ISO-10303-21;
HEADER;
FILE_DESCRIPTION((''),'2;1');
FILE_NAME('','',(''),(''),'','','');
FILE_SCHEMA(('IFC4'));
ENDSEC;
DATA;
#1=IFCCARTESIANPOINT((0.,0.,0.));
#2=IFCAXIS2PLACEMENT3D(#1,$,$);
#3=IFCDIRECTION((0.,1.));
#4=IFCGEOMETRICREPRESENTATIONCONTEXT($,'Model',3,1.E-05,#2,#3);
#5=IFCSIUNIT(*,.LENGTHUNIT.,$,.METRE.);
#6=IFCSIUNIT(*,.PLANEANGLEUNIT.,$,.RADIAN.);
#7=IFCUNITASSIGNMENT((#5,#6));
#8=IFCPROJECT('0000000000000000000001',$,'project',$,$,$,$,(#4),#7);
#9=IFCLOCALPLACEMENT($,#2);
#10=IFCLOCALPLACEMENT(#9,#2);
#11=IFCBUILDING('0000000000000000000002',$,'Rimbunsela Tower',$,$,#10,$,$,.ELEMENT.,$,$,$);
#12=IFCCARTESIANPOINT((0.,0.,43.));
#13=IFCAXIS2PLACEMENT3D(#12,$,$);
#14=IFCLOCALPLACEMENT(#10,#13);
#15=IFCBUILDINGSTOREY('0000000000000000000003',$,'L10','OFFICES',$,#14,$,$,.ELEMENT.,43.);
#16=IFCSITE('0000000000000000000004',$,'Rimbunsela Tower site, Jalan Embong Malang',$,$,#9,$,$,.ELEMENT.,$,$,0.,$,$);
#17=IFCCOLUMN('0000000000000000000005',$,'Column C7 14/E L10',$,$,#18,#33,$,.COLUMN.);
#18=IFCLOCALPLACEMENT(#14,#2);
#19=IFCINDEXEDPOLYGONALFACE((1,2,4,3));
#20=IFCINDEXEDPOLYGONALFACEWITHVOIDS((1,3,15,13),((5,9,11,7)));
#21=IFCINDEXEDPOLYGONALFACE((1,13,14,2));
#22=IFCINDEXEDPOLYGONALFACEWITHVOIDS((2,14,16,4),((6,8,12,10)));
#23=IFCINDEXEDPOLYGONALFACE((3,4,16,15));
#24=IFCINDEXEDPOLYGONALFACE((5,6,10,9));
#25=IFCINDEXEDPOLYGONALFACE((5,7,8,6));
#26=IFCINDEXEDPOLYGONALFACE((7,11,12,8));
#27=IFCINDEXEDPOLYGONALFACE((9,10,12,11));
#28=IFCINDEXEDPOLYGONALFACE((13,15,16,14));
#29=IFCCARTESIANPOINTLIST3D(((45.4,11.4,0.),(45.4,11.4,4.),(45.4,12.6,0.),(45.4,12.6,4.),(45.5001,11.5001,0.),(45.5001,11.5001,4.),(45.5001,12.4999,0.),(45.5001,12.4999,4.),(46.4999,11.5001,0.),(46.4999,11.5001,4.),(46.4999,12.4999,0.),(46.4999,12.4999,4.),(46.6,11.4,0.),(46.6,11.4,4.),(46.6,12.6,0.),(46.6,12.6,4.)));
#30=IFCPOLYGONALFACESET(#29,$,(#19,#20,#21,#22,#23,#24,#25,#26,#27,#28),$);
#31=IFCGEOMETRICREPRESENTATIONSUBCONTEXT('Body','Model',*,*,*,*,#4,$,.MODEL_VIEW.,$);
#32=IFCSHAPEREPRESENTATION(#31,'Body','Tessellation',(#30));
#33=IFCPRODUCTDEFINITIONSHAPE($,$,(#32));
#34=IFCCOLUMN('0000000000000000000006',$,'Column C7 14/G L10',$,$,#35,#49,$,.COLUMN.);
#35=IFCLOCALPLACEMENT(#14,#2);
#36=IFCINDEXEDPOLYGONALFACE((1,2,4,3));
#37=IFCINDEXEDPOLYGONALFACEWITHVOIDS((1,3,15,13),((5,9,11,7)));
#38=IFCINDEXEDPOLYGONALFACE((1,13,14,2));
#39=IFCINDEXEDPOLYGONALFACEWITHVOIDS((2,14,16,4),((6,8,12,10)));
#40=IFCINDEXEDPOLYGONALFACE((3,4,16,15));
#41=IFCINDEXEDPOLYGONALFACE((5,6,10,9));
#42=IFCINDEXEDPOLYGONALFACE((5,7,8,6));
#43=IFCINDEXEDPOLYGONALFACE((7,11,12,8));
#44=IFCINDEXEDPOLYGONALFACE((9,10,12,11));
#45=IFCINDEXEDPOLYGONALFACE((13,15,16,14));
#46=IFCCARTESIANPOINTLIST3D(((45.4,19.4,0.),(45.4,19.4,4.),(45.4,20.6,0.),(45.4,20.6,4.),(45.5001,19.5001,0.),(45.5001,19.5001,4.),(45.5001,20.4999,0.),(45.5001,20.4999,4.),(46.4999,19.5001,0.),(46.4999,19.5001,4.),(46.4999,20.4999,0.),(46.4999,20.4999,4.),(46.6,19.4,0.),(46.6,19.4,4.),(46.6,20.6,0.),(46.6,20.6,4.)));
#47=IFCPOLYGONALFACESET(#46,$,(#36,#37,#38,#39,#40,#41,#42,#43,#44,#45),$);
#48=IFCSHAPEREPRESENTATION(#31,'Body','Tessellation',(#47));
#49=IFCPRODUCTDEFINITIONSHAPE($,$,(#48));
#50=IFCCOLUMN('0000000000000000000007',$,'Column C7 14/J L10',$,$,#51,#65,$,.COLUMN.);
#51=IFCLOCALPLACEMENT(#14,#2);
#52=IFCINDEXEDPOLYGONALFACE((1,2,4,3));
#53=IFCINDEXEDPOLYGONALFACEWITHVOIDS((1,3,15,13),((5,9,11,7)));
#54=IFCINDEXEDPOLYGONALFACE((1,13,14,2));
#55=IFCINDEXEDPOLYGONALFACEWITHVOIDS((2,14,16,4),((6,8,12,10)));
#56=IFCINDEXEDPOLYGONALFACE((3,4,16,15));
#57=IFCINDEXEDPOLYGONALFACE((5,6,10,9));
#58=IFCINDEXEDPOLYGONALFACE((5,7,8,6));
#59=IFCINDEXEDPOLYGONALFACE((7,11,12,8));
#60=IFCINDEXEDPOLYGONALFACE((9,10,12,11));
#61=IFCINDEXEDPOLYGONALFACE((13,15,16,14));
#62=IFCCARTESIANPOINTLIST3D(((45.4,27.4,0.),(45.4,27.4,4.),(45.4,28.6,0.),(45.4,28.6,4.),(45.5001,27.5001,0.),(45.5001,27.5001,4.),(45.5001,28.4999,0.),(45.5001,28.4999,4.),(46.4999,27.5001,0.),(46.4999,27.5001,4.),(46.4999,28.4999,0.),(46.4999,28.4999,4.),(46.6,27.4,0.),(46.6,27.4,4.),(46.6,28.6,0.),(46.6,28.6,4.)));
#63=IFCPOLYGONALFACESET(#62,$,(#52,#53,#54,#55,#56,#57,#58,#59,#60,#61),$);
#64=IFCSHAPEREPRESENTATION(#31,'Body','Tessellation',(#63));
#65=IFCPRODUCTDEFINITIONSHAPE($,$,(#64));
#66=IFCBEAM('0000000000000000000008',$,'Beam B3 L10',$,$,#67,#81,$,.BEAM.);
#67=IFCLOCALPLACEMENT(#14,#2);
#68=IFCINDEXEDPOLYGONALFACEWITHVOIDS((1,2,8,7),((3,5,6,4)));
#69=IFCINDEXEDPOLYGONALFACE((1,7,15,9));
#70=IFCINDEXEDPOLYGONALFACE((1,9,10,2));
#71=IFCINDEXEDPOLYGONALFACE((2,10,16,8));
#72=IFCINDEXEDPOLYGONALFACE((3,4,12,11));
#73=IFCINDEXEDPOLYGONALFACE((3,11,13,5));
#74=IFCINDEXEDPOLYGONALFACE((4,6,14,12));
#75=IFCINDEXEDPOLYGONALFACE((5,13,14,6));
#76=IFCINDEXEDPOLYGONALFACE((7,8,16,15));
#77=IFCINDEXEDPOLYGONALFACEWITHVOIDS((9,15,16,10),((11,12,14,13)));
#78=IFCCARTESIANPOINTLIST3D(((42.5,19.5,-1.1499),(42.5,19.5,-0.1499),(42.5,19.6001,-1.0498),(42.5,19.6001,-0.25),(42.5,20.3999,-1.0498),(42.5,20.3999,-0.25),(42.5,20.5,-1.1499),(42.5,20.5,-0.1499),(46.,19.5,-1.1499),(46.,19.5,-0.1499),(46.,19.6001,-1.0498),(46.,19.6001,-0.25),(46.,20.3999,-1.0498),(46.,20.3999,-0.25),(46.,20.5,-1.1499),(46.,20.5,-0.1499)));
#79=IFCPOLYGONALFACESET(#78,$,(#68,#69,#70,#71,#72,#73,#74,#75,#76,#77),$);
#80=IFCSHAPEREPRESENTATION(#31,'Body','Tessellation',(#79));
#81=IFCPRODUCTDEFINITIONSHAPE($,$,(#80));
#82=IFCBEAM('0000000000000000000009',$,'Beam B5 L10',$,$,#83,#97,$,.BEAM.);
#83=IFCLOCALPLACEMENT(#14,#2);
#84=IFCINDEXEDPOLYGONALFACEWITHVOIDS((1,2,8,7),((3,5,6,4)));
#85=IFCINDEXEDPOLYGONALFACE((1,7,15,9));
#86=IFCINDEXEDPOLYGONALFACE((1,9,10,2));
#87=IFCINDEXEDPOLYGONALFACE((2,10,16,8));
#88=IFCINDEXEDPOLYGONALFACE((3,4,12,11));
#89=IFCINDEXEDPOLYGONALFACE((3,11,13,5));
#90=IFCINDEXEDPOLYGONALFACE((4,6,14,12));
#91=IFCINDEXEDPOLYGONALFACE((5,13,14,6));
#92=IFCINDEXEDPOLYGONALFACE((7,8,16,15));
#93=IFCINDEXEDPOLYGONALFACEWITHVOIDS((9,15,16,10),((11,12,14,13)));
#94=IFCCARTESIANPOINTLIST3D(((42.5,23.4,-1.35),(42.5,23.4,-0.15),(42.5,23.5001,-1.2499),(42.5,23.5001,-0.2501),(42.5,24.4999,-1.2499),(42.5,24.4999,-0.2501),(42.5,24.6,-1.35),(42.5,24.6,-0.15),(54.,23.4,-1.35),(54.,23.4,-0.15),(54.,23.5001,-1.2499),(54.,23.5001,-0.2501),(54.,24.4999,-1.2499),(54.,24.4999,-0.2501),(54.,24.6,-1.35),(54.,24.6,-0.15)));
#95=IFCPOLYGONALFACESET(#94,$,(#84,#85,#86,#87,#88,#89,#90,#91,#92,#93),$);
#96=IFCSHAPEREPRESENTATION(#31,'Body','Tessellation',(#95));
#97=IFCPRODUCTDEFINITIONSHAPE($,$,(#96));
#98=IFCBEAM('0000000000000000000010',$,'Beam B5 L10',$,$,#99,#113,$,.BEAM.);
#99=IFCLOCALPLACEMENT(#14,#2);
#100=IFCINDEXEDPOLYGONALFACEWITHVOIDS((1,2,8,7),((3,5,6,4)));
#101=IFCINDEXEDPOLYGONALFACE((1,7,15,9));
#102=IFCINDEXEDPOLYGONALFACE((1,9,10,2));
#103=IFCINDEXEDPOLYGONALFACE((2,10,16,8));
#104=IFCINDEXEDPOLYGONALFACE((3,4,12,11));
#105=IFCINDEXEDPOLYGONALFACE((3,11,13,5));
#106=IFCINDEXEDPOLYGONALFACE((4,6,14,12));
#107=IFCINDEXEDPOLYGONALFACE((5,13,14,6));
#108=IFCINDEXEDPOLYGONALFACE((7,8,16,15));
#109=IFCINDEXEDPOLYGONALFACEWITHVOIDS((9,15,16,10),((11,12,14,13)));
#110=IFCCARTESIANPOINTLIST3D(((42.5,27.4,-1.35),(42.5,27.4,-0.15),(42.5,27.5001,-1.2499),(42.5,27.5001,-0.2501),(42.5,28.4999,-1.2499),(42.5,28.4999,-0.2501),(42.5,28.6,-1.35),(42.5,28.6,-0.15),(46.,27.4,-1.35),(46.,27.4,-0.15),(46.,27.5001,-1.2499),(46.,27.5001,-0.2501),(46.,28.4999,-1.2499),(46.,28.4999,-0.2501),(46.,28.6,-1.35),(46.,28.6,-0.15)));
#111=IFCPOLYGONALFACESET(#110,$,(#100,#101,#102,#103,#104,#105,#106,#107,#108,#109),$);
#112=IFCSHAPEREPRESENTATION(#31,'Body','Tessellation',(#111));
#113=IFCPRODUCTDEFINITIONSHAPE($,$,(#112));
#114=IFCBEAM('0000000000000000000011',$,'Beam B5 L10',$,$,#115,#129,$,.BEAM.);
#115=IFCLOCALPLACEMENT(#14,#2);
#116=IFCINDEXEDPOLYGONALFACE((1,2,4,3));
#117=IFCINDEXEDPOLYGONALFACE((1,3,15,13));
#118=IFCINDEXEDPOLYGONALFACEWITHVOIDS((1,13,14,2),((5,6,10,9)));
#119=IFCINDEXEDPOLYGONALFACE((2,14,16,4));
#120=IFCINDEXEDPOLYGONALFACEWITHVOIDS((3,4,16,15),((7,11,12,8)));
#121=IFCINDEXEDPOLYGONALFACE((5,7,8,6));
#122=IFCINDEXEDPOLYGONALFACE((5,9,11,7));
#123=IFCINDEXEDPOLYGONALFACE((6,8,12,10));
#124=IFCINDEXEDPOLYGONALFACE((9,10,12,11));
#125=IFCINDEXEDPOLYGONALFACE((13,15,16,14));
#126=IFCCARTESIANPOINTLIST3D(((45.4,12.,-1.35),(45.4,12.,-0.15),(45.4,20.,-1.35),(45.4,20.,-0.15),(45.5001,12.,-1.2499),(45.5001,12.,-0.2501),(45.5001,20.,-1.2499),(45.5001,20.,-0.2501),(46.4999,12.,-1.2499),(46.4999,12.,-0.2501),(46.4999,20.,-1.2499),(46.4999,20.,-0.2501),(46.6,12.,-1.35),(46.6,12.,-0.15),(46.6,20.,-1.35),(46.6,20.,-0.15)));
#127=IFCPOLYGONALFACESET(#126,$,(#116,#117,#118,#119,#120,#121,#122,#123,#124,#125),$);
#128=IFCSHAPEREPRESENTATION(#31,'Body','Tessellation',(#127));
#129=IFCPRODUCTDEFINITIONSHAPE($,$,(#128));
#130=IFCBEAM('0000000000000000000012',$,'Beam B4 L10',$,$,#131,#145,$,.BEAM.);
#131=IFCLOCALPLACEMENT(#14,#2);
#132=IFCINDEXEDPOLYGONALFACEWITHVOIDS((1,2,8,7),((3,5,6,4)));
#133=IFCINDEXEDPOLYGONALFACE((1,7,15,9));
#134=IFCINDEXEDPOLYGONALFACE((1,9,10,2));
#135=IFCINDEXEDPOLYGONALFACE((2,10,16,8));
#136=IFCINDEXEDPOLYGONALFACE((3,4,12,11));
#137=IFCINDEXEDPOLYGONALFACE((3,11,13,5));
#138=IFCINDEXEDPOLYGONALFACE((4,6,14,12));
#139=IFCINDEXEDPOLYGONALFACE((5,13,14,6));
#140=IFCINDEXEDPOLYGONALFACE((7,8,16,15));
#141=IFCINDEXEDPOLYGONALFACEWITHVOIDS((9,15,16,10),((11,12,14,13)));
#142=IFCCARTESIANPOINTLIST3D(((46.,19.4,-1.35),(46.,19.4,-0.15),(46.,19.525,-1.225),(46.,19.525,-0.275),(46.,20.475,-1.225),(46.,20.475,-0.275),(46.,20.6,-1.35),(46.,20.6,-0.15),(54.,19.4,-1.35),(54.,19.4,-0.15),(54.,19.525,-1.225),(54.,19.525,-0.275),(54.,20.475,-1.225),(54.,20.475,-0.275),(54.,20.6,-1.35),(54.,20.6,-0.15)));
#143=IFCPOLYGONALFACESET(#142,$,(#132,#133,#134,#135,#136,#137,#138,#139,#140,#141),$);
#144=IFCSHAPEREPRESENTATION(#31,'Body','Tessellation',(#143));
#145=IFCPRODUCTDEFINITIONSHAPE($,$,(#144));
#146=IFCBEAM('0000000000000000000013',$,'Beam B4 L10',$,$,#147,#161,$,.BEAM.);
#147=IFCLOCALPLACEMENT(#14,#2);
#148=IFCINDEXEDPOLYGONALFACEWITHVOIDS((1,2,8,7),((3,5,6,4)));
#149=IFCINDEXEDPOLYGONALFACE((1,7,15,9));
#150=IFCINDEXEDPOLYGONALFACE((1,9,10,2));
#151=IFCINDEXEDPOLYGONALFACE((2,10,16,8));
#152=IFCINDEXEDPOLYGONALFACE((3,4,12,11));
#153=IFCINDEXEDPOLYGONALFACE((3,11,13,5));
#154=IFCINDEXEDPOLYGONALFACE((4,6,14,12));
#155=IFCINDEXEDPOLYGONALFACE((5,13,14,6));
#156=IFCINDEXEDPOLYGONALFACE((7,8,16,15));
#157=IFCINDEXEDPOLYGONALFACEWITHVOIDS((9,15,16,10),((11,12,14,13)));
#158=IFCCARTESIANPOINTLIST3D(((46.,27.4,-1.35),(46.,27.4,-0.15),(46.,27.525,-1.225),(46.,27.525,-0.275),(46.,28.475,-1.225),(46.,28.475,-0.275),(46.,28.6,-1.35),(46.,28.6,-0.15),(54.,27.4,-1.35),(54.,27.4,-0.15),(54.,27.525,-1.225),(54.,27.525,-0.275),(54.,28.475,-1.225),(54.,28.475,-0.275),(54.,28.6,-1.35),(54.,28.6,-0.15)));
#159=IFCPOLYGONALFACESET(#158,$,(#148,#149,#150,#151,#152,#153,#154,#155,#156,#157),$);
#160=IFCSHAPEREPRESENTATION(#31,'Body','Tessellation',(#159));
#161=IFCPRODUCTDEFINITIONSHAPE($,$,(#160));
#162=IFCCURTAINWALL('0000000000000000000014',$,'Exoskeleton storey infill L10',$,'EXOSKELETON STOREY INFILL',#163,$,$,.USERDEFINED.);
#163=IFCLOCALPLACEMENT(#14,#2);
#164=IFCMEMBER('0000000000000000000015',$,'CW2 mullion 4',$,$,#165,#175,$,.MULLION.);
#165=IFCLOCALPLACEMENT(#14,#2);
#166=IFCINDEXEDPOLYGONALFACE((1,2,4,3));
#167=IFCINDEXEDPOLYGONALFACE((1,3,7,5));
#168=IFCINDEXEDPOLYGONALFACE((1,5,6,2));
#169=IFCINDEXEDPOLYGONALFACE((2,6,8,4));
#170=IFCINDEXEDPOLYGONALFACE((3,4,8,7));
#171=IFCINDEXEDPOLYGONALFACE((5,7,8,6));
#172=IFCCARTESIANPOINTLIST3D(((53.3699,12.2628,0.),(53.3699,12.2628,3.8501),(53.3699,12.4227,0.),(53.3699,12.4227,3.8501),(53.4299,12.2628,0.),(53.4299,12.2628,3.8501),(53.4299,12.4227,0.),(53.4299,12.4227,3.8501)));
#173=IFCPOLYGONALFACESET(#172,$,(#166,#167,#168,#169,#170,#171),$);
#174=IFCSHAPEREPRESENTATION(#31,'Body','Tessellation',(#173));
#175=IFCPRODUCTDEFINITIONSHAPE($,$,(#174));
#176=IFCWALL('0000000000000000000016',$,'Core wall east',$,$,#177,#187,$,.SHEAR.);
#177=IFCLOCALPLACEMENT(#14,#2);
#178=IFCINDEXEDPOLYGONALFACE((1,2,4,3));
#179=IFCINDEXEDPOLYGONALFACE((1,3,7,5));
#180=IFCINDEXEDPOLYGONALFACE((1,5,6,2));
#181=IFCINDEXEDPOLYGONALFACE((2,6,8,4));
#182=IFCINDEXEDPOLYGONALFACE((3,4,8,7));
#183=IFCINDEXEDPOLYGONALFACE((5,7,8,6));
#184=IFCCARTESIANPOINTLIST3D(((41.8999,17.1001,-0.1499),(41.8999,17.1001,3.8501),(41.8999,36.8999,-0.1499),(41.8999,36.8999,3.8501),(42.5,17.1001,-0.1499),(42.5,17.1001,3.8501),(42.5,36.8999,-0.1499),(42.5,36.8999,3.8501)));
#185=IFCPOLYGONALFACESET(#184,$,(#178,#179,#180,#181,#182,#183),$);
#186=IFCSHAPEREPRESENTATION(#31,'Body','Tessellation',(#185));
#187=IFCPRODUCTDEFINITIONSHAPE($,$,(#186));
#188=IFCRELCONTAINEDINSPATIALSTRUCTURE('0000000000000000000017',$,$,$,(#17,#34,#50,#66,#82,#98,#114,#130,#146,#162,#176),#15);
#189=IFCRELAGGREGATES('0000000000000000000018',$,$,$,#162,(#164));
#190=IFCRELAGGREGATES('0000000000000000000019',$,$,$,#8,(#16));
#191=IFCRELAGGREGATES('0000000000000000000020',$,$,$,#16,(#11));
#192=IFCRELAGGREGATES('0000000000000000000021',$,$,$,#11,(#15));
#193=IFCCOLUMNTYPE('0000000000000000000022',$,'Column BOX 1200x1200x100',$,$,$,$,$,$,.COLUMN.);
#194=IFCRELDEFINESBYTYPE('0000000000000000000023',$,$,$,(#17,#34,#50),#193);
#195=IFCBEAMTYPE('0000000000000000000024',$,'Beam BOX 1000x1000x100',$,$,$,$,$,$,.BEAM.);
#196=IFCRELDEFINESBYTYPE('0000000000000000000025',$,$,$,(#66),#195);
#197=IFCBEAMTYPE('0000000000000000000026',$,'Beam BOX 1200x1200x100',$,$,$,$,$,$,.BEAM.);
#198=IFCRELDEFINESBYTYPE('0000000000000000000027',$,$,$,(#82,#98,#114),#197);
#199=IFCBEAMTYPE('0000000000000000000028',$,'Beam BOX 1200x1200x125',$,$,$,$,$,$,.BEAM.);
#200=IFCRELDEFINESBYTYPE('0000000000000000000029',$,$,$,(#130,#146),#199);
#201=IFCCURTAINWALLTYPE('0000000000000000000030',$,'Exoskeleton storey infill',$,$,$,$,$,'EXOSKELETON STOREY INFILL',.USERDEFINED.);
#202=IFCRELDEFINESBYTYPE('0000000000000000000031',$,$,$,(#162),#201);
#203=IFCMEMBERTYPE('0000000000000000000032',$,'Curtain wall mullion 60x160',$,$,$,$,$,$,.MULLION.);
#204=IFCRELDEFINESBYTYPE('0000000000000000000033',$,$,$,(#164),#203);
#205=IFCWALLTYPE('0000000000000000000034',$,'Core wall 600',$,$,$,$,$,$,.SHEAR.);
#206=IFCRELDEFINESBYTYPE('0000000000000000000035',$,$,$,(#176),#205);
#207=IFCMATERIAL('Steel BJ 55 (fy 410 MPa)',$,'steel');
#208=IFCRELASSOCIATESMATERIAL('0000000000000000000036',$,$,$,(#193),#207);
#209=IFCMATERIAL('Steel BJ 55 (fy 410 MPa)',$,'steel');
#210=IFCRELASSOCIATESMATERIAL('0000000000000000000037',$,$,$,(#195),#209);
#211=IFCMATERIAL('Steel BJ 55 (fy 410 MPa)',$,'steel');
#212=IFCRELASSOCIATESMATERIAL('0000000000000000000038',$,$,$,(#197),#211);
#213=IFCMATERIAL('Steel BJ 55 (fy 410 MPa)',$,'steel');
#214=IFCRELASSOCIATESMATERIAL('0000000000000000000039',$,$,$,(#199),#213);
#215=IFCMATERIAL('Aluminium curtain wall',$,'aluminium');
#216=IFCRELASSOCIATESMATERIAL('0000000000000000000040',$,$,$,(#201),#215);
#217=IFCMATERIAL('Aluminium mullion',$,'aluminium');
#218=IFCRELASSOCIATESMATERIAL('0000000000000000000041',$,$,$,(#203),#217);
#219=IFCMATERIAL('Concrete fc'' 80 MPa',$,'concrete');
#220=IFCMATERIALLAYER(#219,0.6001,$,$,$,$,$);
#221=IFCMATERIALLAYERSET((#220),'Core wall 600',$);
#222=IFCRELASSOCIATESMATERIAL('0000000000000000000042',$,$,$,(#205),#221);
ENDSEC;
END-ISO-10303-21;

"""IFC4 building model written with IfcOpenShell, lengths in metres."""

from ifc_helpers import new_model, si_unit, direction, frame, frame_2d, origin, origin_2d, place, context, subcontext, project, spatial, rectangle, hollow_rectangle, extrude, material, layer, layer_set, material_profile, profile_set, type_object, element, aggregate, save


model = new_model("IFC4")

# Units and contexts
model_context = context("Model", 3, precision=1e-05, world=origin(), true_north=direction((0.0, 1.0)))
body_context = subcontext(model_context, "Body", "Model", "MODEL_VIEW")
ifc_project = project(units=[si_unit("LENGTHUNIT", "METRE"), si_unit("PLANEANGLEUNIT", "RADIAN")], contexts=[model_context])

# Site, building, storey
site_placement = place(None, origin())
site = spatial("IfcSite", under=ifc_project, at=site_placement, Name="Rimbunsela Tower site, Jalan Embong Malang", CompositionType="ELEMENT", RefElevation=0.0)
building_placement = place(site_placement, origin())
building = spatial("IfcBuilding", under=site, at=building_placement, Name="Rimbunsela Tower", CompositionType="ELEMENT")
storey_placement = place(building_placement, frame((0.0, 0.0, 43.0)))
storey = spatial("IfcBuildingStorey", under=building, at=storey_placement, Name="L10", Description="OFFICES", CompositionType="ELEMENT", Elevation=43.0)

# Columns
ifc_material_1 = material(Name="Steel BJ 55 (fy 410 MPa)", Category="steel")
ifc_material_profile_1 = material_profile(ifc_material_1, hollow_rectangle(XDim=1.2, YDim=1.2, WallThickness=0.1001, at=origin_2d()), Name="BOX 1200x1200x100")
ifc_profile_set_1 = profile_set([ifc_material_profile_1], Name="Steel BJ 55 (fy 410 MPa)")
column_type = type_object("IfcColumnType", Name="Column BOX 1200x1200x100", PredefinedType="COLUMN", material=ifc_profile_set_1)
for number, where, z_axis, x_axis, name in (
    (1, (46.0, 12.0, 0.0), (0.0, 0.0, 1.0), (1.0, 0.0, 0.0), "Column C7 14/E L10"),
    (2, (46.0, 20.0, 0.0), (0.0, 0.0, 1.0), (1.0, 0.0, 0.0), "Column C7 14/G L10"),
    (3, (46.0, 28.0, 0.0), (0.0, 0.0, 1.0), (1.0, 0.0, 0.0), "Column C7 14/J L10"),
):
    element("IfcColumn", number, at=place(storey_placement, frame(where, z_axis=z_axis, x_axis=x_axis)), inside=storey, type_object=column_type, Name=name, PredefinedType="COLUMN", context=body_context, shape_type="SweptSolid", body=[
        extrude(hollow_rectangle(XDim=1.2, YDim=1.2, WallThickness=0.1001, at=origin_2d()), origin(), (0.0, 0.0, 1.0), 4.0),
    ])

# Beams
ifc_material_2 = material(Name="Steel BJ 55 (fy 410 MPa)", Category="steel")
ifc_material_profile_2 = material_profile(ifc_material_2, hollow_rectangle(XDim=1.0, YDim=1.0, WallThickness=0.1001, at=origin_2d()), Name="BOX 1000x1000x100")
ifc_profile_set_2 = profile_set([ifc_material_profile_2], Name="Steel BJ 55 (fy 410 MPa)")
beam_type_1 = type_object("IfcBeamType", Name="Beam BOX 1000x1000x100", PredefinedType="BEAM", material=ifc_profile_set_2)
beam_1_placement = place(storey_placement, frame((42.5, 20.0, -0.6499), z_axis=(1.0, 0.0, 0.0), x_axis=(0.0, 1.0, 0.0)))
element("IfcBeam", 4, at=beam_1_placement, inside=storey, type_object=beam_type_1, Name="Beam B3 L10", PredefinedType="BEAM", context=body_context, shape_type="SweptSolid", body=[
    extrude(hollow_rectangle(XDim=1.0, YDim=1.0, WallThickness=0.1001, at=origin_2d()), origin(), (0.0, 0.0, 1.0), 3.5),
])
ifc_material_3 = material(Name="Steel BJ 55 (fy 410 MPa)", Category="steel")
ifc_material_profile_3 = material_profile(ifc_material_3, hollow_rectangle(XDim=1.2, YDim=1.2, WallThickness=0.1001, at=origin_2d()), Name="BOX 1200x1200x100")
ifc_profile_set_3 = profile_set([ifc_material_profile_3], Name="Steel BJ 55 (fy 410 MPa)")
beam_type_2 = type_object("IfcBeamType", Name="Beam BOX 1200x1200x100", PredefinedType="BEAM", material=ifc_profile_set_3)
beam_2_placement = place(storey_placement, frame((42.5, 24.0, -0.75), z_axis=(1.0, 0.0, 0.0), x_axis=(0.0, 1.0, 0.0)))
element("IfcBeam", 5, at=beam_2_placement, inside=storey, type_object=beam_type_2, Name="Beam B5 L10", PredefinedType="BEAM", context=body_context, shape_type="SweptSolid", body=[
    extrude(hollow_rectangle(XDim=1.2, YDim=1.2, WallThickness=0.1001, at=origin_2d()), origin(), (0.0, 0.0, 1.0), 11.5),
])
beam_3_placement = place(storey_placement, frame((42.5, 28.0, -0.75), z_axis=(1.0, 0.0, 0.0), x_axis=(0.0, 1.0, 0.0)))
element("IfcBeam", 6, at=beam_3_placement, inside=storey, type_object=beam_type_2, Name="Beam B5 L10", PredefinedType="BEAM", context=body_context, shape_type="SweptSolid", body=[
    extrude(hollow_rectangle(XDim=1.2, YDim=1.2, WallThickness=0.1001, at=origin_2d()), origin(), (0.0, 0.0, 1.0), 3.5),
])
beam_4_placement = place(storey_placement, frame((46.0, 12.0, -0.75), z_axis=(0.0, 1.0, 0.0), x_axis=(-1.0, 0.0, 0.0)))
element("IfcBeam", 7, at=beam_4_placement, inside=storey, type_object=beam_type_2, Name="Beam B5 L10", PredefinedType="BEAM", context=body_context, shape_type="SweptSolid", body=[
    extrude(hollow_rectangle(XDim=1.2, YDim=1.2, WallThickness=0.1001, at=origin_2d()), origin(), (0.0, 0.0, 1.0), 8.0),
])
ifc_material_4 = material(Name="Steel BJ 55 (fy 410 MPa)", Category="steel")
ifc_material_profile_4 = material_profile(ifc_material_4, hollow_rectangle(XDim=1.2, YDim=1.2, WallThickness=0.125, at=origin_2d()), Name="BOX 1200x1200x125")
ifc_profile_set_4 = profile_set([ifc_material_profile_4], Name="Steel BJ 55 (fy 410 MPa)")
beam_type_3 = type_object("IfcBeamType", Name="Beam BOX 1200x1200x125", PredefinedType="BEAM", material=ifc_profile_set_4)
for number, where, z_axis, x_axis, name in (
    (8, (46.0, 20.0, -0.75), (1.0, 0.0, 0.0), (0.0, 1.0, 0.0), "Beam B4 L10"),
    (9, (46.0, 28.0, -0.75), (1.0, 0.0, 0.0), (0.0, 1.0, 0.0), "Beam B4 L10"),
):
    element("IfcBeam", number, at=place(storey_placement, frame(where, z_axis=z_axis, x_axis=x_axis)), inside=storey, type_object=beam_type_3, Name=name, PredefinedType="BEAM", context=body_context, shape_type="SweptSolid", body=[
        extrude(hollow_rectangle(XDim=1.2, YDim=1.2, WallThickness=0.125, at=origin_2d()), origin(), (0.0, 0.0, 1.0), 8.0),
    ])

# Curtain wall, member
ifc_material_5 = material(Name="Aluminium curtain wall", Category="aluminium")
curtain_wall_type = type_object("IfcCurtainWallType", Name="Exoskeleton storey infill", ElementType="EXOSKELETON STOREY INFILL", PredefinedType="USERDEFINED", material=ifc_material_5)
curtain_wall_placement = place(storey_placement, origin())
curtain_wall = element("IfcCurtainWall", 10, at=curtain_wall_placement, inside=storey, type_object=curtain_wall_type, Name="Exoskeleton storey infill L10", ObjectType="EXOSKELETON STOREY INFILL", PredefinedType="USERDEFINED")
ifc_material_6 = material(Name="Aluminium mullion", Category="aluminium")
ifc_material_profile_5 = material_profile(ifc_material_6, rectangle(XDim=0.0601, YDim=0.1599, at=origin_2d()), Name="Mullion 60x160")
ifc_profile_set_5 = profile_set([ifc_material_profile_5], Name="Aluminium mullion")
member_type = type_object("IfcMemberType", Name="Curtain wall mullion 60x160", PredefinedType="MULLION", material=ifc_profile_set_5)
member_placement = place(storey_placement, frame((53.3999, 12.3428, 0.0), z_axis=(0.0, 0.0, 1.0), x_axis=(-1.0, 0.0, 0.0)))
member = element("IfcMember", 11, at=member_placement, type_object=member_type, Name="CW2 mullion 4", PredefinedType="MULLION", context=body_context, shape_type="SweptSolid", body=[
    extrude(rectangle(XDim=0.0601, YDim=0.1599, at=origin_2d()), origin(), (0.0, 0.0, 1.0), 3.8501),
])
aggregate(curtain_wall, [member])

# Wall
ifc_material_7 = material(Name="Concrete fc' 80 MPa", Category="concrete")
ifc_layer_1 = layer(ifc_material_7, 0.6001)
ifc_layer_set_1 = layer_set([ifc_layer_1], Name="Core wall 600")
wall_type_1 = type_object("IfcWallType", Name="Core wall 600", PredefinedType="SHEAR", material=ifc_layer_set_1)
wall_1_placement = place(storey_placement, frame((42.2, 17.1001, -0.1499), z_axis=(0.0, 0.0, 1.0), x_axis=(0.0, 1.0, 0.0)))
element("IfcWall", 12, at=wall_1_placement, inside=storey, type_object=wall_type_1, Name="Core wall east", PredefinedType="SHEAR", context=body_context, shape_type="SweptSolid", body=[
    extrude(rectangle(XDim=19.7998, YDim=0.6001, at=frame_2d((9.8999, 0.0))), origin(), (0.0, 0.0, 1.0), 4.0),
])

save(model, "model.ifc")
